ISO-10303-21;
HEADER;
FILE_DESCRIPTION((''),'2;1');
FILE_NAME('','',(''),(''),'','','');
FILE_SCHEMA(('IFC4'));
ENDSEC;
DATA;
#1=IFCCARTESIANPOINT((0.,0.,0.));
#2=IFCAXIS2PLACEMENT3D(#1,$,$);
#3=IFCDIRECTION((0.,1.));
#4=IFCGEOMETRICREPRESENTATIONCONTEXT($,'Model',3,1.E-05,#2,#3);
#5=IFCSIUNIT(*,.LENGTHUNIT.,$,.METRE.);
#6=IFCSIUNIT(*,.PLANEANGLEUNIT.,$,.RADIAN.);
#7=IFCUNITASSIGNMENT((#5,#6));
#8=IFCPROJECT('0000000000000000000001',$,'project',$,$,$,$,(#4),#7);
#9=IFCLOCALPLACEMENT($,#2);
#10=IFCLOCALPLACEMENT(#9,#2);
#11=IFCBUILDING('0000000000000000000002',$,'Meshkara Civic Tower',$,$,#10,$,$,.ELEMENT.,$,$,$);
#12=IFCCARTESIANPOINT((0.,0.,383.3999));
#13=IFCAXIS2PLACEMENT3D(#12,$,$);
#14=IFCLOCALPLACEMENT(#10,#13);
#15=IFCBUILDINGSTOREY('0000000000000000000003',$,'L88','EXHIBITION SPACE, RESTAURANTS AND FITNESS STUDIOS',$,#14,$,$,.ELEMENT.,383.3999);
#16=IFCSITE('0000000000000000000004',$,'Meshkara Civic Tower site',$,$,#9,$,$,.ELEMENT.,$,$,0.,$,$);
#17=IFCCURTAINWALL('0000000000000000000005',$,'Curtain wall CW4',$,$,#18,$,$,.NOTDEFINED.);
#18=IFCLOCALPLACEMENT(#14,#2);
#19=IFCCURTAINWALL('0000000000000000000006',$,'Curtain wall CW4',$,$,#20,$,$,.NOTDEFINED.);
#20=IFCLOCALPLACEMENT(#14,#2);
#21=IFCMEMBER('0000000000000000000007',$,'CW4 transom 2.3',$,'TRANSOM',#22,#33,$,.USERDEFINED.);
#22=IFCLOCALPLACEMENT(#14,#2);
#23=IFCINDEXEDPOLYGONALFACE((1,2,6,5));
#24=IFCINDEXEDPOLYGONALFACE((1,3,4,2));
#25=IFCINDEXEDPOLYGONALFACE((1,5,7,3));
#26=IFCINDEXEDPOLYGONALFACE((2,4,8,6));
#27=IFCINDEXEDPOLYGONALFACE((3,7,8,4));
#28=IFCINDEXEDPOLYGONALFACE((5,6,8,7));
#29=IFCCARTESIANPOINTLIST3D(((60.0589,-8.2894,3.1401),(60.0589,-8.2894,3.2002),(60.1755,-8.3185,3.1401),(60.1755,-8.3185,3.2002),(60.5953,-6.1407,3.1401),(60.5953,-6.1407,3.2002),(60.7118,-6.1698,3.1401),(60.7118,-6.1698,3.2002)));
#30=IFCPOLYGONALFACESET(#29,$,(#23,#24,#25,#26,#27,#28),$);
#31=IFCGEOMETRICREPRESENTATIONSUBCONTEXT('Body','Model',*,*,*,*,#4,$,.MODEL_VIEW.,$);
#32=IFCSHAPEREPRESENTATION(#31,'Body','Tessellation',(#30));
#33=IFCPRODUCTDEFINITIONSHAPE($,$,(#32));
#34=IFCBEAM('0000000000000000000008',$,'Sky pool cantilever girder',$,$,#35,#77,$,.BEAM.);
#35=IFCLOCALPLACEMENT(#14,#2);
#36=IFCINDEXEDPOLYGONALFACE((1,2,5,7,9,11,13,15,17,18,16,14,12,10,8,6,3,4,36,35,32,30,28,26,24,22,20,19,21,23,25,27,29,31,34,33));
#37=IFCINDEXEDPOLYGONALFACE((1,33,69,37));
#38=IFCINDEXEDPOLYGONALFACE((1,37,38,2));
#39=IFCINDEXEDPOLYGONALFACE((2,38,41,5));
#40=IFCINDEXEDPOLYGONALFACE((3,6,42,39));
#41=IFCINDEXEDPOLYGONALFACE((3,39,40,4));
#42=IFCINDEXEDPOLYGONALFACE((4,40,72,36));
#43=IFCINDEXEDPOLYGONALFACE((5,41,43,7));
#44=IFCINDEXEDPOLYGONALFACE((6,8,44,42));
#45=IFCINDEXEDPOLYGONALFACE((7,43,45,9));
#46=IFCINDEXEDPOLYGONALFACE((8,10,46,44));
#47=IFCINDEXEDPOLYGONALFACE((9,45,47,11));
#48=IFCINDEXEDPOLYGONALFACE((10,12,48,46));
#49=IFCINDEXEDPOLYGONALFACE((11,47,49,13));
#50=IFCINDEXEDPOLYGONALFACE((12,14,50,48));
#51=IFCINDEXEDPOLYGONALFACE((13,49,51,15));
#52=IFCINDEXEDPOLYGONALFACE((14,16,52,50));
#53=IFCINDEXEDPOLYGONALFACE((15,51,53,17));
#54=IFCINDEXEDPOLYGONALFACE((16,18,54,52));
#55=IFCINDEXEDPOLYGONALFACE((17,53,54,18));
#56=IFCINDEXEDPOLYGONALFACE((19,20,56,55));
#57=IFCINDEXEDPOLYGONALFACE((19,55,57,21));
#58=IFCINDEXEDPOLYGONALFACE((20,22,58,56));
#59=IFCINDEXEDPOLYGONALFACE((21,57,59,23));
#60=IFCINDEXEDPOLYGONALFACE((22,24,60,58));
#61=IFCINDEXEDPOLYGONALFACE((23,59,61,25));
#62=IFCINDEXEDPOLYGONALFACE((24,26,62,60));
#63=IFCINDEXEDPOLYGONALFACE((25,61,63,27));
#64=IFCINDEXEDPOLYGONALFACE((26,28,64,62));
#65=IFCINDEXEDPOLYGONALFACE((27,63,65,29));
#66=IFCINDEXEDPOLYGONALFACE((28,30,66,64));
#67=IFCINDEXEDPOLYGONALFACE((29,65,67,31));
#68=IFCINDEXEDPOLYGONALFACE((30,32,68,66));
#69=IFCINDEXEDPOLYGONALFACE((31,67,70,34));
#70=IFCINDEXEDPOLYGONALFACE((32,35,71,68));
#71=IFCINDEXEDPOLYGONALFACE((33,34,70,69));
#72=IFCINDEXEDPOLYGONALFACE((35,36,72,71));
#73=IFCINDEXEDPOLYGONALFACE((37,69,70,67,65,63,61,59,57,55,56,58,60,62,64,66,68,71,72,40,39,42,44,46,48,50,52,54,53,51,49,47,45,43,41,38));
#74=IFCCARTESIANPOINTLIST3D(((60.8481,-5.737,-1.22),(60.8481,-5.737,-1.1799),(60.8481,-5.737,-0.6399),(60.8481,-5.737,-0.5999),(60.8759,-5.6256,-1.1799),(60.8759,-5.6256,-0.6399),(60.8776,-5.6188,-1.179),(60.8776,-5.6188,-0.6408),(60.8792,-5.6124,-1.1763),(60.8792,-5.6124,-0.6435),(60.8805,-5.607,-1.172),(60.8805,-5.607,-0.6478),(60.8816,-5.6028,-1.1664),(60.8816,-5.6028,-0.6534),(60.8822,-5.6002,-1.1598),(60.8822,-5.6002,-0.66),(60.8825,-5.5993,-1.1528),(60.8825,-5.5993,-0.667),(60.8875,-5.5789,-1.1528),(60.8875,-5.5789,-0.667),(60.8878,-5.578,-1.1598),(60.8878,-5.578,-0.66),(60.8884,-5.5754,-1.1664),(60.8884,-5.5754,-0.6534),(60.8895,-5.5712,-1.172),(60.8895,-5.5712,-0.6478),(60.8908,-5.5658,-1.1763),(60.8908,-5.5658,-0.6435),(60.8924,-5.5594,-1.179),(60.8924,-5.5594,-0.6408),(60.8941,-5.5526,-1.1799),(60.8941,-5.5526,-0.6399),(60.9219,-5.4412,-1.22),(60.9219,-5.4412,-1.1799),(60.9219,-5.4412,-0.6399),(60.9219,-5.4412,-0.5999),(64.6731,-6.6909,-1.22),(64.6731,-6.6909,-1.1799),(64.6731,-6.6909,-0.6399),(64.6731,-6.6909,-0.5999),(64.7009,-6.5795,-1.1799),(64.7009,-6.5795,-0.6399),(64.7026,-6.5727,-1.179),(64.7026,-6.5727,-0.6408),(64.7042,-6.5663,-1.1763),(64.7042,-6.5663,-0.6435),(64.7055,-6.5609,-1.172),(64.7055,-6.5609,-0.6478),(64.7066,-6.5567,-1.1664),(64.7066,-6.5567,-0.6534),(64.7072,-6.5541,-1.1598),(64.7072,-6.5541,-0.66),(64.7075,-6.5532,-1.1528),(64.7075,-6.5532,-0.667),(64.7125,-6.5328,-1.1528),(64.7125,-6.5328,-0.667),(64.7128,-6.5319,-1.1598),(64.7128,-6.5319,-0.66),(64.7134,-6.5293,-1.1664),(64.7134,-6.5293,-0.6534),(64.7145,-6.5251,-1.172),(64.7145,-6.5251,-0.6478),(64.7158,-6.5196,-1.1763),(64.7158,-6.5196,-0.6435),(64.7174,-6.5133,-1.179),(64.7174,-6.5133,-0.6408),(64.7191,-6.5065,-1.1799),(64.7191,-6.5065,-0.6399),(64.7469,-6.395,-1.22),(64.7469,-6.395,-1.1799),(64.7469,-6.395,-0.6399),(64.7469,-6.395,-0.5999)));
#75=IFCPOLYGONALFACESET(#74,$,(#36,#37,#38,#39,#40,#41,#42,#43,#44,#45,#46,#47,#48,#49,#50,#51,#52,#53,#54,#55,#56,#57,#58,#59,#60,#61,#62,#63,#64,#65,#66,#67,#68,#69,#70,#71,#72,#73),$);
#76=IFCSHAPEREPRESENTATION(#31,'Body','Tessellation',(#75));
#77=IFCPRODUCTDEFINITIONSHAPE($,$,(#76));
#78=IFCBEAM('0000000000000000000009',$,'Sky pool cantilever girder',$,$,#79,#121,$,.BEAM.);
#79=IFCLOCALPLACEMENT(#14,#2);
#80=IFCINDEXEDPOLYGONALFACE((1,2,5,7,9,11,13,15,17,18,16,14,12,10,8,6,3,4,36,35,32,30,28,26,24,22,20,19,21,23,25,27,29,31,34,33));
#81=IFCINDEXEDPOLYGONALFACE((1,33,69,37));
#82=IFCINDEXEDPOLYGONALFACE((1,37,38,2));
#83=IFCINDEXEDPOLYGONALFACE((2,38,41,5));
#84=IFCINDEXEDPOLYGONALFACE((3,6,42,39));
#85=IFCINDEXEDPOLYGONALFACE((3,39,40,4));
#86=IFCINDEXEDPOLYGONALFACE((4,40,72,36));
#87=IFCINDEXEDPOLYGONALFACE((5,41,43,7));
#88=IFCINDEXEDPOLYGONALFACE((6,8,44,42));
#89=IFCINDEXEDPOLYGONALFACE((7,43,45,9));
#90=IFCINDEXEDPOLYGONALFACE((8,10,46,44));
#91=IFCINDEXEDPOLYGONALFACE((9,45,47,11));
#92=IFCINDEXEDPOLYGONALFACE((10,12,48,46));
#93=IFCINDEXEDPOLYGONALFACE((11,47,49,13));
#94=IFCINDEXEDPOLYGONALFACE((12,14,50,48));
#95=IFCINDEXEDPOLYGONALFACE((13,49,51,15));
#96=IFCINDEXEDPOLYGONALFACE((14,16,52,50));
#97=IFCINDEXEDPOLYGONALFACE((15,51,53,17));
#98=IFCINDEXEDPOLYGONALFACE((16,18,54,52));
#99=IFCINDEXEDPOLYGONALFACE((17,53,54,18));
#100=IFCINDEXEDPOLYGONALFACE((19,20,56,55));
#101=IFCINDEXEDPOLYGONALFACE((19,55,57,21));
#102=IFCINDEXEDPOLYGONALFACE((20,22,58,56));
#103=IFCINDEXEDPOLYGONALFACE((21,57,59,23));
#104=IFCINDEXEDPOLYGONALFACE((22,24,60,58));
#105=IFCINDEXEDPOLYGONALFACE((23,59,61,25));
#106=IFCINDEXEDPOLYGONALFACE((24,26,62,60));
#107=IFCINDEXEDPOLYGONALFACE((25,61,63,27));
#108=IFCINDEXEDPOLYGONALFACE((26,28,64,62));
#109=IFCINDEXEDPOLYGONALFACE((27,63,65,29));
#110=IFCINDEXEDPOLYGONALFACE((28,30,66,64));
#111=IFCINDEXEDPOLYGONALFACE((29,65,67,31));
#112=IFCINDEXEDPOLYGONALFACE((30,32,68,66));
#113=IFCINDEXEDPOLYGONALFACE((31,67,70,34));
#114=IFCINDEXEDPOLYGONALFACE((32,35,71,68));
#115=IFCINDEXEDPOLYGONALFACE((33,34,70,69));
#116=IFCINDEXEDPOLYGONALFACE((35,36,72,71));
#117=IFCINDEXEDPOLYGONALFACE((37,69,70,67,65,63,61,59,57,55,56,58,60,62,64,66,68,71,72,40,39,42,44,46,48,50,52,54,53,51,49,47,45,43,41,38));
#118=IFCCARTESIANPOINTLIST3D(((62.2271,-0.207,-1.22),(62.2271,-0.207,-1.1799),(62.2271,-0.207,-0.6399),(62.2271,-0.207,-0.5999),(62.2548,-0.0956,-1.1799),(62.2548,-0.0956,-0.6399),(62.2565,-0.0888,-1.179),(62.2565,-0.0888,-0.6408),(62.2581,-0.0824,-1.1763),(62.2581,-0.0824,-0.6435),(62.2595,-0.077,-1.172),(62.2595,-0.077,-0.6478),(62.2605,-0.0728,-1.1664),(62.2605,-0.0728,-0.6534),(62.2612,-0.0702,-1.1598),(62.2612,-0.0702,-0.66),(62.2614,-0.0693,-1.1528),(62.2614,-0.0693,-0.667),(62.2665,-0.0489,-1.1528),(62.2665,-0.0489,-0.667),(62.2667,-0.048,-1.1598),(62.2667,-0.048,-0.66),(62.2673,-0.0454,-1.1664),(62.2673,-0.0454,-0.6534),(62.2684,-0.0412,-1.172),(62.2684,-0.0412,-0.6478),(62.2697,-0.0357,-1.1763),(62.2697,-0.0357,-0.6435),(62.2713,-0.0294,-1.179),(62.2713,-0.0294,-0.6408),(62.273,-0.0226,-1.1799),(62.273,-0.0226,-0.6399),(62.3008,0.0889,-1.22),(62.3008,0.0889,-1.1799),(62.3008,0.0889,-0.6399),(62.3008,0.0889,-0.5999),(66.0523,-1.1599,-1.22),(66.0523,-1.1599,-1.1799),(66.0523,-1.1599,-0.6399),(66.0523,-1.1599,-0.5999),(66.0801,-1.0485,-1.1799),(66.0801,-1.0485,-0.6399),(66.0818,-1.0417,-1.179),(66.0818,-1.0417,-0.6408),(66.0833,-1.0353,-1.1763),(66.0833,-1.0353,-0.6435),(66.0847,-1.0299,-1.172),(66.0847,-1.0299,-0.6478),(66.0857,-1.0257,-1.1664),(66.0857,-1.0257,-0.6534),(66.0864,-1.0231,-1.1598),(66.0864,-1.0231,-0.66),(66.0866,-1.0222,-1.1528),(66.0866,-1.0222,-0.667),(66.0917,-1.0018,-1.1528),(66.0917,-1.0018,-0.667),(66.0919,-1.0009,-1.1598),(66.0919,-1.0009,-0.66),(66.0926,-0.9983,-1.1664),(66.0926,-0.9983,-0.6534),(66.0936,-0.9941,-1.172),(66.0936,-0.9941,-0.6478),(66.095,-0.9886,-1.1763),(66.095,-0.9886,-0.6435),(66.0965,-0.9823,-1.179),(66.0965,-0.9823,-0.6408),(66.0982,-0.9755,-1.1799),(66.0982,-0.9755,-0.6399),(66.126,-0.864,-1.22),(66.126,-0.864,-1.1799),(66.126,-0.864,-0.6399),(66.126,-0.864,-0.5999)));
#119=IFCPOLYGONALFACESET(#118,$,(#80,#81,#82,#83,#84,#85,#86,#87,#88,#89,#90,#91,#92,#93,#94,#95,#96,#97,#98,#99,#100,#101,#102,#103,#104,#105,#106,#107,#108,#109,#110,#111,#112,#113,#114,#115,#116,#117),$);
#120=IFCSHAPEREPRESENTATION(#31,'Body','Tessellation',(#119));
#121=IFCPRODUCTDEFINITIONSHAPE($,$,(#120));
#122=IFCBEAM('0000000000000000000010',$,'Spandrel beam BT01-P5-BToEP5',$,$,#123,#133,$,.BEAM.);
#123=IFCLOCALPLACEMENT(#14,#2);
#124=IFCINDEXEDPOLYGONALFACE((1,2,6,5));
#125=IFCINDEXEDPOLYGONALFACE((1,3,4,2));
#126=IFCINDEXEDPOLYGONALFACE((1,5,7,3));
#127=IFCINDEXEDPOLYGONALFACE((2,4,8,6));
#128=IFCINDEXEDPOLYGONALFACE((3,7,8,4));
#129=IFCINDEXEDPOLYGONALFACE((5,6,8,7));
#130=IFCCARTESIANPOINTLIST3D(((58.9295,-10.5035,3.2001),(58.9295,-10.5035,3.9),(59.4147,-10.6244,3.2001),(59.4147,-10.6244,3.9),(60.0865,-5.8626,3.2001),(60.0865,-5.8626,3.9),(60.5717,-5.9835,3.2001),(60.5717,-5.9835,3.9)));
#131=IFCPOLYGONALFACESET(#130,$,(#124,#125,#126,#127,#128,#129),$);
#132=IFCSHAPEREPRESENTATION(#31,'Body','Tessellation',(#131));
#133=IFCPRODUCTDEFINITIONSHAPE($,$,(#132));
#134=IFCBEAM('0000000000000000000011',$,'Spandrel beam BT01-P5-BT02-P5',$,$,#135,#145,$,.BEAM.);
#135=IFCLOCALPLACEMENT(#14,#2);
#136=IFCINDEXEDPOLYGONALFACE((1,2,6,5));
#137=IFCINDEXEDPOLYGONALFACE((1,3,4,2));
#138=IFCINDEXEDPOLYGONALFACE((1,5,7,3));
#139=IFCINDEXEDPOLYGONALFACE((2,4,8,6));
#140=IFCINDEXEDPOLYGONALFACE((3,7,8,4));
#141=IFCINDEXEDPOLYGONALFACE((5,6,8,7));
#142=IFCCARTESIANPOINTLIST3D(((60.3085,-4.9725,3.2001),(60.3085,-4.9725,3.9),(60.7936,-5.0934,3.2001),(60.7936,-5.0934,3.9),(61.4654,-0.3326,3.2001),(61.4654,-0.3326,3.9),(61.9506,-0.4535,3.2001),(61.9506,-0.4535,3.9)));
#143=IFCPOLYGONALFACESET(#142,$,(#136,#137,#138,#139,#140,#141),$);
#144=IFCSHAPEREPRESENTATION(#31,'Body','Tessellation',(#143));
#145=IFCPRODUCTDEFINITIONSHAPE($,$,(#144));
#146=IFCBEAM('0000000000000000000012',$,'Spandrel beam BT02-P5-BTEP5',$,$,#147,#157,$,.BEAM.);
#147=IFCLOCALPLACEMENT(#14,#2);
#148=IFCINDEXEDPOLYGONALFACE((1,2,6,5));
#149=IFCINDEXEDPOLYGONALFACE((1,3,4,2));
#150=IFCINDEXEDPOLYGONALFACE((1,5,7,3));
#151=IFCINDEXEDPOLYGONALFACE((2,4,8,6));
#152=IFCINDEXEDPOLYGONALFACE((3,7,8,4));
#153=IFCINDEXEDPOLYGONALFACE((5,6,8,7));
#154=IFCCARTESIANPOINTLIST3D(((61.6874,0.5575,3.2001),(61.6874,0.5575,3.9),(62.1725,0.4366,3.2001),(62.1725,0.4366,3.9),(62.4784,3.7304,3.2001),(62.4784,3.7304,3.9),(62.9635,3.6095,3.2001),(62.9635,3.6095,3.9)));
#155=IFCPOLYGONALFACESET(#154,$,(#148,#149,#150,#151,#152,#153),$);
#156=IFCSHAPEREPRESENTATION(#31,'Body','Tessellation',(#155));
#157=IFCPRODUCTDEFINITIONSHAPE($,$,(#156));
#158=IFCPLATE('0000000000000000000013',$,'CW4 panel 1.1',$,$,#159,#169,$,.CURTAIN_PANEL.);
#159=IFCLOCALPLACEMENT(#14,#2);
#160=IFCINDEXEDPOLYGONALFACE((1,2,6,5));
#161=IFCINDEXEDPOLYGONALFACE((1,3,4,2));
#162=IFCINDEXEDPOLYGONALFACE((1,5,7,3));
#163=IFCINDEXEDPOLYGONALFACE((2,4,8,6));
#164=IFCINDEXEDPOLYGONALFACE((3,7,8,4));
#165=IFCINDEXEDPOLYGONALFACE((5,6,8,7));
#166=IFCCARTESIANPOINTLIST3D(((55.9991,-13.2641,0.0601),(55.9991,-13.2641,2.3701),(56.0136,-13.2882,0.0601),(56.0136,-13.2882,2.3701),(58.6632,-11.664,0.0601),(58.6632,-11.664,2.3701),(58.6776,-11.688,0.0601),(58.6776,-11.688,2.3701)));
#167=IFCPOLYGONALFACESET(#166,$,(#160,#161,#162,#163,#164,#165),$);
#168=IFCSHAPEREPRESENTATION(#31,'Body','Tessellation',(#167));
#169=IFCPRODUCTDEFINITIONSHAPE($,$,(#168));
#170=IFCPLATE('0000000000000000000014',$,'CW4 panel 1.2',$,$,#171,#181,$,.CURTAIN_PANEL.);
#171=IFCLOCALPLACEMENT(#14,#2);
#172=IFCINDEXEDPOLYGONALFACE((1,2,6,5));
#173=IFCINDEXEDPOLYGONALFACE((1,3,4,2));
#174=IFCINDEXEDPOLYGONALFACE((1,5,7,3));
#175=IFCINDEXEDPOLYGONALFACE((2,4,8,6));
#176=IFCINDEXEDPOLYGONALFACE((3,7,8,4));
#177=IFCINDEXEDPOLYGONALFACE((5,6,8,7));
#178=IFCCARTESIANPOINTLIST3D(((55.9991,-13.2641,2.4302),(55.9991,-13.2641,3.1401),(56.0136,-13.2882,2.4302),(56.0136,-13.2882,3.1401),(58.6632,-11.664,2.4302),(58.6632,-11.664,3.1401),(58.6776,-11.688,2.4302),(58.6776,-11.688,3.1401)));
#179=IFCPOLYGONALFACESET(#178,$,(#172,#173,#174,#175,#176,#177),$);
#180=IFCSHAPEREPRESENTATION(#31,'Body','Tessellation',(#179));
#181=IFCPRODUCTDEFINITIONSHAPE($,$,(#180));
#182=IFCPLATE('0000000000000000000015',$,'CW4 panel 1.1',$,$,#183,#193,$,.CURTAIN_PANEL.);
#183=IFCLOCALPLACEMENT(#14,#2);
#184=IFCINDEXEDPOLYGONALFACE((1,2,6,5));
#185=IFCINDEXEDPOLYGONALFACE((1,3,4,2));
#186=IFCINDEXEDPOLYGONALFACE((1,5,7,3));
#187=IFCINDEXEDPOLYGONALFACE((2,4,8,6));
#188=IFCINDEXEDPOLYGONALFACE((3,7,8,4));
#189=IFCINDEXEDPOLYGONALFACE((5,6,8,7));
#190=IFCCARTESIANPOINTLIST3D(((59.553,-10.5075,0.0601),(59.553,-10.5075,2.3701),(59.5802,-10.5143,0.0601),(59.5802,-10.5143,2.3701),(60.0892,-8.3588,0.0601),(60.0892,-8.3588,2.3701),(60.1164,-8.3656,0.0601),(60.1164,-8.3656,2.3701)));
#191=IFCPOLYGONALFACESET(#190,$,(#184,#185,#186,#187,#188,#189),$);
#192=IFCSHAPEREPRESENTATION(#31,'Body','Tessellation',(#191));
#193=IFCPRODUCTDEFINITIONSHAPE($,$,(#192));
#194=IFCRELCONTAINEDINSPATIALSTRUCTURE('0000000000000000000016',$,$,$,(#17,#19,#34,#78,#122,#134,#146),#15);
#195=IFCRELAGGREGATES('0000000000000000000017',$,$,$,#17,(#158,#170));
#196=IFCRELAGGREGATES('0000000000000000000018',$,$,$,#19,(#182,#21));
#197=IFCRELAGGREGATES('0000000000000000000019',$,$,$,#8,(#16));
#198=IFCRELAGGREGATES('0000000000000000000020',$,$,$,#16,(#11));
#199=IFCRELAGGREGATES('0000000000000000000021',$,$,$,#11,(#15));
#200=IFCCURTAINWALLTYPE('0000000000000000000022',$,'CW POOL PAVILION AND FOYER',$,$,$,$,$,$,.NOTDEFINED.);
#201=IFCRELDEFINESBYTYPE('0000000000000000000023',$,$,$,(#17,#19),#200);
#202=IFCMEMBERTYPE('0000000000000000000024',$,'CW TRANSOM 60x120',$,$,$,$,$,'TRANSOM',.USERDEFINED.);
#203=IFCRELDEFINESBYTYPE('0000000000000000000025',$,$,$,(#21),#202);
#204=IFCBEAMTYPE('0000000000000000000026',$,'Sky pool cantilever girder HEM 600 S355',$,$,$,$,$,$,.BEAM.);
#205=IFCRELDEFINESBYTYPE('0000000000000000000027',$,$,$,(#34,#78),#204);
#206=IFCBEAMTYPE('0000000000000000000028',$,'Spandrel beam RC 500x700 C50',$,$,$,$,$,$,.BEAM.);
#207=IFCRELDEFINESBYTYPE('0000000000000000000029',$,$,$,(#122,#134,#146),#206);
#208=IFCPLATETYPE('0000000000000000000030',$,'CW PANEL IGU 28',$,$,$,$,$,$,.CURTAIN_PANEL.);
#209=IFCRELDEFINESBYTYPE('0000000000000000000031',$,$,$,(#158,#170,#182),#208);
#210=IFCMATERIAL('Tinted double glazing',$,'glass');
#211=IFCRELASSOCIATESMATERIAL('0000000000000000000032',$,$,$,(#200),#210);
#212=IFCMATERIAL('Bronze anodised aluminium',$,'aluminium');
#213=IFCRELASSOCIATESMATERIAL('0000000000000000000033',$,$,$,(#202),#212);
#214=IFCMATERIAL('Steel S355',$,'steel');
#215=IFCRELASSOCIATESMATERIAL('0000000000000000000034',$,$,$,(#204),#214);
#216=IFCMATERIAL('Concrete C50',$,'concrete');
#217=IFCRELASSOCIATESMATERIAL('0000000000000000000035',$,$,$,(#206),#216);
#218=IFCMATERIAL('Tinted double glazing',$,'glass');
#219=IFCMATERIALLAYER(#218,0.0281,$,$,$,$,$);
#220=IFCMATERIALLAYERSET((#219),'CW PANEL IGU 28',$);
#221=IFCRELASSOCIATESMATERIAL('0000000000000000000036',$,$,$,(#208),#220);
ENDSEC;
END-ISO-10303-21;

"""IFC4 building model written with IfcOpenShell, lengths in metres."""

from ifc_helpers import new_model, si_unit, direction, frame, origin, origin_2d, place, context, subcontext, project, spatial, rectangle, i_section, extrude, material, layer, layer_set, material_profile, profile_set, type_object, element, aggregate, save


model = new_model("IFC4")

# Units and contexts
model_context = context("Model", 3, precision=1e-05, world=origin(), true_north=direction((0.0, 1.0)))
body_context = subcontext(model_context, "Body", "Model", "MODEL_VIEW")
ifc_project = project(units=[si_unit("LENGTHUNIT", "METRE"), si_unit("PLANEANGLEUNIT", "RADIAN")], contexts=[model_context])

# Site, building, storey
site_placement = place(None, origin())
site = spatial("IfcSite", under=ifc_project, at=site_placement, Name="Meshkara Civic Tower site", CompositionType="ELEMENT", RefElevation=0.0)
building_placement = place(site_placement, origin())
building = spatial("IfcBuilding", under=site, at=building_placement, Name="Meshkara Civic Tower", CompositionType="ELEMENT")
storey_placement = place(building_placement, frame((0.0, 0.0, 383.3999)))
storey = spatial("IfcBuildingStorey", under=building, at=storey_placement, Name="L88", Description="EXHIBITION SPACE, RESTAURANTS AND FITNESS STUDIOS", CompositionType="ELEMENT", Elevation=383.3999)

# Curtain wall
ifc_material_1 = material(Name="Tinted double glazing", Category="glass")
curtain_wall_type = type_object("IfcCurtainWallType", Name="CW POOL PAVILION AND FOYER", PredefinedType="NOTDEFINED", material=ifc_material_1)
curtain_wall_1_placement = place(storey_placement, origin())
curtain_wall_1 = element("IfcCurtainWall", 1, at=curtain_wall_1_placement, inside=storey, type_object=curtain_wall_type, Name="Curtain wall CW4", PredefinedType="NOTDEFINED")

# Curtain wall
curtain_wall_2_placement = place(storey_placement, origin())
curtain_wall_2 = element("IfcCurtainWall", 2, at=curtain_wall_2_placement, inside=storey, type_object=curtain_wall_type, Name="Curtain wall CW4", PredefinedType="NOTDEFINED")

# Member
ifc_material_2 = material(Name="Bronze anodised aluminium", Category="aluminium")
ifc_material_profile_1 = material_profile(ifc_material_2, rectangle(XDim=0.1201, YDim=0.0601, at=origin_2d()))
ifc_profile_set_1 = profile_set([ifc_material_profile_1], Name="Bronze anodised aluminium")
member_type_1 = type_object("IfcMemberType", Name="CW TRANSOM 60x120", ElementType="TRANSOM", PredefinedType="USERDEFINED", material=ifc_profile_set_1)
member_1_placement = place(storey_placement, frame((60.1172, -8.304, 3.1702), z_axis=(0.242198, 0.970227, 0.0), x_axis=(-0.970227, 0.242198, 0.0)))
member_1 = element("IfcMember", 3, at=member_1_placement, type_object=member_type_1, Name="CW4 transom 2.3", ObjectType="TRANSOM", PredefinedType="USERDEFINED", context=body_context, shape_type="SweptSolid", body=[
    extrude(rectangle(XDim=0.1201, YDim=0.0601, at=origin_2d()), origin(), (0.0, 0.0, 1.0), 2.2146),
])

# Beams
ifc_material_3 = material(Name="Steel S355", Category="steel")
ifc_material_profile_2 = material_profile(ifc_material_3, i_section(OverallWidth=0.3049, OverallDepth=0.6201, WebThickness=0.021, FlangeThickness=0.04, FilletRadius=0.0271, at=origin_2d()))
ifc_profile_set_2 = profile_set([ifc_material_profile_2], Name="Steel S355")
beam_type_1 = type_object("IfcBeamType", Name="Sky pool cantilever girder HEM 600 S355", PredefinedType="BEAM", material=ifc_profile_set_2)
for number, where, z_axis, x_axis, name in (
    (4, (60.885, -5.5891, -0.9099), (0.970284, -0.241967, 0.0), (0.241967, 0.970284, 0.0), "Sky pool cantilever girder"),
    (5, (62.2639, -0.0591, -0.9099), (0.970346, -0.241719, 0.0), (0.241719, 0.970346, 0.0), "Sky pool cantilever girder"),
):
    element("IfcBeam", number, at=place(storey_placement, frame(where, z_axis=z_axis, x_axis=x_axis)), inside=storey, type_object=beam_type_1, Name=name, PredefinedType="BEAM", context=body_context, shape_type="SweptSolid", body=[
        extrude(i_section(OverallWidth=0.3049, OverallDepth=0.6201, WebThickness=0.021, FlangeThickness=0.04, FilletRadius=0.0271, at=origin_2d()), origin(), (0.0, 0.0, 1.0), 3.9421),
    ])
ifc_material_4 = material(Name="Concrete C50", Category="concrete")
ifc_material_profile_3 = material_profile(ifc_material_4, rectangle(XDim=0.5, YDim=0.7, at=origin_2d()))
ifc_profile_set_3 = profile_set([ifc_material_profile_3], Name="Concrete C50")
beam_type_2 = type_object("IfcBeamType", Name="Spandrel beam RC 500x700 C50", PredefinedType="BEAM", material=ifc_profile_set_3)
beam_1_placement = place(storey_placement, frame((59.1721, -10.564, 3.55), z_axis=(0.241899, 0.970301, 0.0), x_axis=(-0.970301, 0.241899, 0.0)))
element("IfcBeam", 6, at=beam_1_placement, inside=storey, type_object=beam_type_2, Name="Spandrel beam BT01-P5-BToEP5", PredefinedType="BEAM", context=body_context, shape_type="SweptSolid", body=[
    extrude(rectangle(XDim=0.5, YDim=0.7, at=origin_2d()), origin(), (0.0, 0.0, 1.0), 4.783),
])
beam_2_placement = place(storey_placement, frame((60.551, -5.033, 3.55), z_axis=(0.241947, 0.970289, 0.0), x_axis=(-0.970289, 0.241947, 0.0)))
element("IfcBeam", 7, at=beam_2_placement, inside=storey, type_object=beam_type_2, Name="Spandrel beam BT01-P5-BT02-P5", PredefinedType="BEAM", context=body_context, shape_type="SweptSolid", body=[
    extrude(rectangle(XDim=0.5, YDim=0.7, at=origin_2d()), origin(), (0.0, 0.0, 1.0), 4.782),
])
beam_3_placement = place(storey_placement, frame((61.9299, 0.4971, 3.55), z_axis=(0.241903, 0.9703, 0.0), x_axis=(-0.9703, 0.241903, 0.0)))
element("IfcBeam", 8, at=beam_3_placement, inside=storey, type_object=beam_type_2, Name="Spandrel beam BT02-P5-BTEP5", PredefinedType="BEAM", context=body_context, shape_type="SweptSolid", body=[
    extrude(rectangle(XDim=0.5, YDim=0.7, at=origin_2d()), origin(), (0.0, 0.0, 1.0), 3.27),
])

# Plates
ifc_material_5 = material(Name="Tinted double glazing", Category="glass")
ifc_layer_1 = layer(ifc_material_5, 0.0281)
ifc_layer_set_1 = layer_set([ifc_layer_1], Name="CW PANEL IGU 28")
plate_type = type_object("IfcPlateType", Name="CW PANEL IGU 28", PredefinedType="CURTAIN_PANEL", material=ifc_layer_set_1)
plate_1_placement = place(storey_placement, frame((57.3384, -12.4761, 0.0601), z_axis=(0.0, 0.0, 1.0), x_axis=(0.857247, 0.514906, 0.0)))
plate_1 = element("IfcPlate", 9, at=plate_1_placement, type_object=plate_type, Name="CW4 panel 1.1", PredefinedType="CURTAIN_PANEL", context=body_context, shape_type="SweptSolid", body=[
    extrude(rectangle(XDim=3.1077, YDim=0.0281, at=origin_2d()), origin(), (0.0, 0.0, 1.0), 2.3101),
])
plate_2_placement = place(storey_placement, frame((57.3384, -12.4761, 2.4302), z_axis=(0.0, 0.0, 1.0), x_axis=(0.857247, 0.514906, 0.0)))
plate_2 = element("IfcPlate", 10, at=plate_2_placement, type_object=plate_type, Name="CW4 panel 1.2", PredefinedType="CURTAIN_PANEL", context=body_context, shape_type="SweptSolid", body=[
    extrude(rectangle(XDim=3.1077, YDim=0.0281, at=origin_2d()), origin(), (0.0, 0.0, 1.0), 0.71),
])
aggregate(curtain_wall_1, [plate_1, plate_2])
plate_3_placement = place(storey_placement, frame((59.8347, -9.4365, 0.0601), z_axis=(0.0, 0.0, 1.0), x_axis=(0.242127, 0.970245, 0.0)))
plate_3 = element("IfcPlate", 11, at=plate_3_placement, type_object=plate_type, Name="CW4 panel 1.1", PredefinedType="CURTAIN_PANEL", context=body_context, shape_type="SweptSolid", body=[
    extrude(rectangle(XDim=2.2146, YDim=0.0281, at=origin_2d()), origin(), (0.0, 0.0, 1.0), 2.3101),
])
aggregate(curtain_wall_2, [plate_3, member_1])

save(model, "model.ifc")
